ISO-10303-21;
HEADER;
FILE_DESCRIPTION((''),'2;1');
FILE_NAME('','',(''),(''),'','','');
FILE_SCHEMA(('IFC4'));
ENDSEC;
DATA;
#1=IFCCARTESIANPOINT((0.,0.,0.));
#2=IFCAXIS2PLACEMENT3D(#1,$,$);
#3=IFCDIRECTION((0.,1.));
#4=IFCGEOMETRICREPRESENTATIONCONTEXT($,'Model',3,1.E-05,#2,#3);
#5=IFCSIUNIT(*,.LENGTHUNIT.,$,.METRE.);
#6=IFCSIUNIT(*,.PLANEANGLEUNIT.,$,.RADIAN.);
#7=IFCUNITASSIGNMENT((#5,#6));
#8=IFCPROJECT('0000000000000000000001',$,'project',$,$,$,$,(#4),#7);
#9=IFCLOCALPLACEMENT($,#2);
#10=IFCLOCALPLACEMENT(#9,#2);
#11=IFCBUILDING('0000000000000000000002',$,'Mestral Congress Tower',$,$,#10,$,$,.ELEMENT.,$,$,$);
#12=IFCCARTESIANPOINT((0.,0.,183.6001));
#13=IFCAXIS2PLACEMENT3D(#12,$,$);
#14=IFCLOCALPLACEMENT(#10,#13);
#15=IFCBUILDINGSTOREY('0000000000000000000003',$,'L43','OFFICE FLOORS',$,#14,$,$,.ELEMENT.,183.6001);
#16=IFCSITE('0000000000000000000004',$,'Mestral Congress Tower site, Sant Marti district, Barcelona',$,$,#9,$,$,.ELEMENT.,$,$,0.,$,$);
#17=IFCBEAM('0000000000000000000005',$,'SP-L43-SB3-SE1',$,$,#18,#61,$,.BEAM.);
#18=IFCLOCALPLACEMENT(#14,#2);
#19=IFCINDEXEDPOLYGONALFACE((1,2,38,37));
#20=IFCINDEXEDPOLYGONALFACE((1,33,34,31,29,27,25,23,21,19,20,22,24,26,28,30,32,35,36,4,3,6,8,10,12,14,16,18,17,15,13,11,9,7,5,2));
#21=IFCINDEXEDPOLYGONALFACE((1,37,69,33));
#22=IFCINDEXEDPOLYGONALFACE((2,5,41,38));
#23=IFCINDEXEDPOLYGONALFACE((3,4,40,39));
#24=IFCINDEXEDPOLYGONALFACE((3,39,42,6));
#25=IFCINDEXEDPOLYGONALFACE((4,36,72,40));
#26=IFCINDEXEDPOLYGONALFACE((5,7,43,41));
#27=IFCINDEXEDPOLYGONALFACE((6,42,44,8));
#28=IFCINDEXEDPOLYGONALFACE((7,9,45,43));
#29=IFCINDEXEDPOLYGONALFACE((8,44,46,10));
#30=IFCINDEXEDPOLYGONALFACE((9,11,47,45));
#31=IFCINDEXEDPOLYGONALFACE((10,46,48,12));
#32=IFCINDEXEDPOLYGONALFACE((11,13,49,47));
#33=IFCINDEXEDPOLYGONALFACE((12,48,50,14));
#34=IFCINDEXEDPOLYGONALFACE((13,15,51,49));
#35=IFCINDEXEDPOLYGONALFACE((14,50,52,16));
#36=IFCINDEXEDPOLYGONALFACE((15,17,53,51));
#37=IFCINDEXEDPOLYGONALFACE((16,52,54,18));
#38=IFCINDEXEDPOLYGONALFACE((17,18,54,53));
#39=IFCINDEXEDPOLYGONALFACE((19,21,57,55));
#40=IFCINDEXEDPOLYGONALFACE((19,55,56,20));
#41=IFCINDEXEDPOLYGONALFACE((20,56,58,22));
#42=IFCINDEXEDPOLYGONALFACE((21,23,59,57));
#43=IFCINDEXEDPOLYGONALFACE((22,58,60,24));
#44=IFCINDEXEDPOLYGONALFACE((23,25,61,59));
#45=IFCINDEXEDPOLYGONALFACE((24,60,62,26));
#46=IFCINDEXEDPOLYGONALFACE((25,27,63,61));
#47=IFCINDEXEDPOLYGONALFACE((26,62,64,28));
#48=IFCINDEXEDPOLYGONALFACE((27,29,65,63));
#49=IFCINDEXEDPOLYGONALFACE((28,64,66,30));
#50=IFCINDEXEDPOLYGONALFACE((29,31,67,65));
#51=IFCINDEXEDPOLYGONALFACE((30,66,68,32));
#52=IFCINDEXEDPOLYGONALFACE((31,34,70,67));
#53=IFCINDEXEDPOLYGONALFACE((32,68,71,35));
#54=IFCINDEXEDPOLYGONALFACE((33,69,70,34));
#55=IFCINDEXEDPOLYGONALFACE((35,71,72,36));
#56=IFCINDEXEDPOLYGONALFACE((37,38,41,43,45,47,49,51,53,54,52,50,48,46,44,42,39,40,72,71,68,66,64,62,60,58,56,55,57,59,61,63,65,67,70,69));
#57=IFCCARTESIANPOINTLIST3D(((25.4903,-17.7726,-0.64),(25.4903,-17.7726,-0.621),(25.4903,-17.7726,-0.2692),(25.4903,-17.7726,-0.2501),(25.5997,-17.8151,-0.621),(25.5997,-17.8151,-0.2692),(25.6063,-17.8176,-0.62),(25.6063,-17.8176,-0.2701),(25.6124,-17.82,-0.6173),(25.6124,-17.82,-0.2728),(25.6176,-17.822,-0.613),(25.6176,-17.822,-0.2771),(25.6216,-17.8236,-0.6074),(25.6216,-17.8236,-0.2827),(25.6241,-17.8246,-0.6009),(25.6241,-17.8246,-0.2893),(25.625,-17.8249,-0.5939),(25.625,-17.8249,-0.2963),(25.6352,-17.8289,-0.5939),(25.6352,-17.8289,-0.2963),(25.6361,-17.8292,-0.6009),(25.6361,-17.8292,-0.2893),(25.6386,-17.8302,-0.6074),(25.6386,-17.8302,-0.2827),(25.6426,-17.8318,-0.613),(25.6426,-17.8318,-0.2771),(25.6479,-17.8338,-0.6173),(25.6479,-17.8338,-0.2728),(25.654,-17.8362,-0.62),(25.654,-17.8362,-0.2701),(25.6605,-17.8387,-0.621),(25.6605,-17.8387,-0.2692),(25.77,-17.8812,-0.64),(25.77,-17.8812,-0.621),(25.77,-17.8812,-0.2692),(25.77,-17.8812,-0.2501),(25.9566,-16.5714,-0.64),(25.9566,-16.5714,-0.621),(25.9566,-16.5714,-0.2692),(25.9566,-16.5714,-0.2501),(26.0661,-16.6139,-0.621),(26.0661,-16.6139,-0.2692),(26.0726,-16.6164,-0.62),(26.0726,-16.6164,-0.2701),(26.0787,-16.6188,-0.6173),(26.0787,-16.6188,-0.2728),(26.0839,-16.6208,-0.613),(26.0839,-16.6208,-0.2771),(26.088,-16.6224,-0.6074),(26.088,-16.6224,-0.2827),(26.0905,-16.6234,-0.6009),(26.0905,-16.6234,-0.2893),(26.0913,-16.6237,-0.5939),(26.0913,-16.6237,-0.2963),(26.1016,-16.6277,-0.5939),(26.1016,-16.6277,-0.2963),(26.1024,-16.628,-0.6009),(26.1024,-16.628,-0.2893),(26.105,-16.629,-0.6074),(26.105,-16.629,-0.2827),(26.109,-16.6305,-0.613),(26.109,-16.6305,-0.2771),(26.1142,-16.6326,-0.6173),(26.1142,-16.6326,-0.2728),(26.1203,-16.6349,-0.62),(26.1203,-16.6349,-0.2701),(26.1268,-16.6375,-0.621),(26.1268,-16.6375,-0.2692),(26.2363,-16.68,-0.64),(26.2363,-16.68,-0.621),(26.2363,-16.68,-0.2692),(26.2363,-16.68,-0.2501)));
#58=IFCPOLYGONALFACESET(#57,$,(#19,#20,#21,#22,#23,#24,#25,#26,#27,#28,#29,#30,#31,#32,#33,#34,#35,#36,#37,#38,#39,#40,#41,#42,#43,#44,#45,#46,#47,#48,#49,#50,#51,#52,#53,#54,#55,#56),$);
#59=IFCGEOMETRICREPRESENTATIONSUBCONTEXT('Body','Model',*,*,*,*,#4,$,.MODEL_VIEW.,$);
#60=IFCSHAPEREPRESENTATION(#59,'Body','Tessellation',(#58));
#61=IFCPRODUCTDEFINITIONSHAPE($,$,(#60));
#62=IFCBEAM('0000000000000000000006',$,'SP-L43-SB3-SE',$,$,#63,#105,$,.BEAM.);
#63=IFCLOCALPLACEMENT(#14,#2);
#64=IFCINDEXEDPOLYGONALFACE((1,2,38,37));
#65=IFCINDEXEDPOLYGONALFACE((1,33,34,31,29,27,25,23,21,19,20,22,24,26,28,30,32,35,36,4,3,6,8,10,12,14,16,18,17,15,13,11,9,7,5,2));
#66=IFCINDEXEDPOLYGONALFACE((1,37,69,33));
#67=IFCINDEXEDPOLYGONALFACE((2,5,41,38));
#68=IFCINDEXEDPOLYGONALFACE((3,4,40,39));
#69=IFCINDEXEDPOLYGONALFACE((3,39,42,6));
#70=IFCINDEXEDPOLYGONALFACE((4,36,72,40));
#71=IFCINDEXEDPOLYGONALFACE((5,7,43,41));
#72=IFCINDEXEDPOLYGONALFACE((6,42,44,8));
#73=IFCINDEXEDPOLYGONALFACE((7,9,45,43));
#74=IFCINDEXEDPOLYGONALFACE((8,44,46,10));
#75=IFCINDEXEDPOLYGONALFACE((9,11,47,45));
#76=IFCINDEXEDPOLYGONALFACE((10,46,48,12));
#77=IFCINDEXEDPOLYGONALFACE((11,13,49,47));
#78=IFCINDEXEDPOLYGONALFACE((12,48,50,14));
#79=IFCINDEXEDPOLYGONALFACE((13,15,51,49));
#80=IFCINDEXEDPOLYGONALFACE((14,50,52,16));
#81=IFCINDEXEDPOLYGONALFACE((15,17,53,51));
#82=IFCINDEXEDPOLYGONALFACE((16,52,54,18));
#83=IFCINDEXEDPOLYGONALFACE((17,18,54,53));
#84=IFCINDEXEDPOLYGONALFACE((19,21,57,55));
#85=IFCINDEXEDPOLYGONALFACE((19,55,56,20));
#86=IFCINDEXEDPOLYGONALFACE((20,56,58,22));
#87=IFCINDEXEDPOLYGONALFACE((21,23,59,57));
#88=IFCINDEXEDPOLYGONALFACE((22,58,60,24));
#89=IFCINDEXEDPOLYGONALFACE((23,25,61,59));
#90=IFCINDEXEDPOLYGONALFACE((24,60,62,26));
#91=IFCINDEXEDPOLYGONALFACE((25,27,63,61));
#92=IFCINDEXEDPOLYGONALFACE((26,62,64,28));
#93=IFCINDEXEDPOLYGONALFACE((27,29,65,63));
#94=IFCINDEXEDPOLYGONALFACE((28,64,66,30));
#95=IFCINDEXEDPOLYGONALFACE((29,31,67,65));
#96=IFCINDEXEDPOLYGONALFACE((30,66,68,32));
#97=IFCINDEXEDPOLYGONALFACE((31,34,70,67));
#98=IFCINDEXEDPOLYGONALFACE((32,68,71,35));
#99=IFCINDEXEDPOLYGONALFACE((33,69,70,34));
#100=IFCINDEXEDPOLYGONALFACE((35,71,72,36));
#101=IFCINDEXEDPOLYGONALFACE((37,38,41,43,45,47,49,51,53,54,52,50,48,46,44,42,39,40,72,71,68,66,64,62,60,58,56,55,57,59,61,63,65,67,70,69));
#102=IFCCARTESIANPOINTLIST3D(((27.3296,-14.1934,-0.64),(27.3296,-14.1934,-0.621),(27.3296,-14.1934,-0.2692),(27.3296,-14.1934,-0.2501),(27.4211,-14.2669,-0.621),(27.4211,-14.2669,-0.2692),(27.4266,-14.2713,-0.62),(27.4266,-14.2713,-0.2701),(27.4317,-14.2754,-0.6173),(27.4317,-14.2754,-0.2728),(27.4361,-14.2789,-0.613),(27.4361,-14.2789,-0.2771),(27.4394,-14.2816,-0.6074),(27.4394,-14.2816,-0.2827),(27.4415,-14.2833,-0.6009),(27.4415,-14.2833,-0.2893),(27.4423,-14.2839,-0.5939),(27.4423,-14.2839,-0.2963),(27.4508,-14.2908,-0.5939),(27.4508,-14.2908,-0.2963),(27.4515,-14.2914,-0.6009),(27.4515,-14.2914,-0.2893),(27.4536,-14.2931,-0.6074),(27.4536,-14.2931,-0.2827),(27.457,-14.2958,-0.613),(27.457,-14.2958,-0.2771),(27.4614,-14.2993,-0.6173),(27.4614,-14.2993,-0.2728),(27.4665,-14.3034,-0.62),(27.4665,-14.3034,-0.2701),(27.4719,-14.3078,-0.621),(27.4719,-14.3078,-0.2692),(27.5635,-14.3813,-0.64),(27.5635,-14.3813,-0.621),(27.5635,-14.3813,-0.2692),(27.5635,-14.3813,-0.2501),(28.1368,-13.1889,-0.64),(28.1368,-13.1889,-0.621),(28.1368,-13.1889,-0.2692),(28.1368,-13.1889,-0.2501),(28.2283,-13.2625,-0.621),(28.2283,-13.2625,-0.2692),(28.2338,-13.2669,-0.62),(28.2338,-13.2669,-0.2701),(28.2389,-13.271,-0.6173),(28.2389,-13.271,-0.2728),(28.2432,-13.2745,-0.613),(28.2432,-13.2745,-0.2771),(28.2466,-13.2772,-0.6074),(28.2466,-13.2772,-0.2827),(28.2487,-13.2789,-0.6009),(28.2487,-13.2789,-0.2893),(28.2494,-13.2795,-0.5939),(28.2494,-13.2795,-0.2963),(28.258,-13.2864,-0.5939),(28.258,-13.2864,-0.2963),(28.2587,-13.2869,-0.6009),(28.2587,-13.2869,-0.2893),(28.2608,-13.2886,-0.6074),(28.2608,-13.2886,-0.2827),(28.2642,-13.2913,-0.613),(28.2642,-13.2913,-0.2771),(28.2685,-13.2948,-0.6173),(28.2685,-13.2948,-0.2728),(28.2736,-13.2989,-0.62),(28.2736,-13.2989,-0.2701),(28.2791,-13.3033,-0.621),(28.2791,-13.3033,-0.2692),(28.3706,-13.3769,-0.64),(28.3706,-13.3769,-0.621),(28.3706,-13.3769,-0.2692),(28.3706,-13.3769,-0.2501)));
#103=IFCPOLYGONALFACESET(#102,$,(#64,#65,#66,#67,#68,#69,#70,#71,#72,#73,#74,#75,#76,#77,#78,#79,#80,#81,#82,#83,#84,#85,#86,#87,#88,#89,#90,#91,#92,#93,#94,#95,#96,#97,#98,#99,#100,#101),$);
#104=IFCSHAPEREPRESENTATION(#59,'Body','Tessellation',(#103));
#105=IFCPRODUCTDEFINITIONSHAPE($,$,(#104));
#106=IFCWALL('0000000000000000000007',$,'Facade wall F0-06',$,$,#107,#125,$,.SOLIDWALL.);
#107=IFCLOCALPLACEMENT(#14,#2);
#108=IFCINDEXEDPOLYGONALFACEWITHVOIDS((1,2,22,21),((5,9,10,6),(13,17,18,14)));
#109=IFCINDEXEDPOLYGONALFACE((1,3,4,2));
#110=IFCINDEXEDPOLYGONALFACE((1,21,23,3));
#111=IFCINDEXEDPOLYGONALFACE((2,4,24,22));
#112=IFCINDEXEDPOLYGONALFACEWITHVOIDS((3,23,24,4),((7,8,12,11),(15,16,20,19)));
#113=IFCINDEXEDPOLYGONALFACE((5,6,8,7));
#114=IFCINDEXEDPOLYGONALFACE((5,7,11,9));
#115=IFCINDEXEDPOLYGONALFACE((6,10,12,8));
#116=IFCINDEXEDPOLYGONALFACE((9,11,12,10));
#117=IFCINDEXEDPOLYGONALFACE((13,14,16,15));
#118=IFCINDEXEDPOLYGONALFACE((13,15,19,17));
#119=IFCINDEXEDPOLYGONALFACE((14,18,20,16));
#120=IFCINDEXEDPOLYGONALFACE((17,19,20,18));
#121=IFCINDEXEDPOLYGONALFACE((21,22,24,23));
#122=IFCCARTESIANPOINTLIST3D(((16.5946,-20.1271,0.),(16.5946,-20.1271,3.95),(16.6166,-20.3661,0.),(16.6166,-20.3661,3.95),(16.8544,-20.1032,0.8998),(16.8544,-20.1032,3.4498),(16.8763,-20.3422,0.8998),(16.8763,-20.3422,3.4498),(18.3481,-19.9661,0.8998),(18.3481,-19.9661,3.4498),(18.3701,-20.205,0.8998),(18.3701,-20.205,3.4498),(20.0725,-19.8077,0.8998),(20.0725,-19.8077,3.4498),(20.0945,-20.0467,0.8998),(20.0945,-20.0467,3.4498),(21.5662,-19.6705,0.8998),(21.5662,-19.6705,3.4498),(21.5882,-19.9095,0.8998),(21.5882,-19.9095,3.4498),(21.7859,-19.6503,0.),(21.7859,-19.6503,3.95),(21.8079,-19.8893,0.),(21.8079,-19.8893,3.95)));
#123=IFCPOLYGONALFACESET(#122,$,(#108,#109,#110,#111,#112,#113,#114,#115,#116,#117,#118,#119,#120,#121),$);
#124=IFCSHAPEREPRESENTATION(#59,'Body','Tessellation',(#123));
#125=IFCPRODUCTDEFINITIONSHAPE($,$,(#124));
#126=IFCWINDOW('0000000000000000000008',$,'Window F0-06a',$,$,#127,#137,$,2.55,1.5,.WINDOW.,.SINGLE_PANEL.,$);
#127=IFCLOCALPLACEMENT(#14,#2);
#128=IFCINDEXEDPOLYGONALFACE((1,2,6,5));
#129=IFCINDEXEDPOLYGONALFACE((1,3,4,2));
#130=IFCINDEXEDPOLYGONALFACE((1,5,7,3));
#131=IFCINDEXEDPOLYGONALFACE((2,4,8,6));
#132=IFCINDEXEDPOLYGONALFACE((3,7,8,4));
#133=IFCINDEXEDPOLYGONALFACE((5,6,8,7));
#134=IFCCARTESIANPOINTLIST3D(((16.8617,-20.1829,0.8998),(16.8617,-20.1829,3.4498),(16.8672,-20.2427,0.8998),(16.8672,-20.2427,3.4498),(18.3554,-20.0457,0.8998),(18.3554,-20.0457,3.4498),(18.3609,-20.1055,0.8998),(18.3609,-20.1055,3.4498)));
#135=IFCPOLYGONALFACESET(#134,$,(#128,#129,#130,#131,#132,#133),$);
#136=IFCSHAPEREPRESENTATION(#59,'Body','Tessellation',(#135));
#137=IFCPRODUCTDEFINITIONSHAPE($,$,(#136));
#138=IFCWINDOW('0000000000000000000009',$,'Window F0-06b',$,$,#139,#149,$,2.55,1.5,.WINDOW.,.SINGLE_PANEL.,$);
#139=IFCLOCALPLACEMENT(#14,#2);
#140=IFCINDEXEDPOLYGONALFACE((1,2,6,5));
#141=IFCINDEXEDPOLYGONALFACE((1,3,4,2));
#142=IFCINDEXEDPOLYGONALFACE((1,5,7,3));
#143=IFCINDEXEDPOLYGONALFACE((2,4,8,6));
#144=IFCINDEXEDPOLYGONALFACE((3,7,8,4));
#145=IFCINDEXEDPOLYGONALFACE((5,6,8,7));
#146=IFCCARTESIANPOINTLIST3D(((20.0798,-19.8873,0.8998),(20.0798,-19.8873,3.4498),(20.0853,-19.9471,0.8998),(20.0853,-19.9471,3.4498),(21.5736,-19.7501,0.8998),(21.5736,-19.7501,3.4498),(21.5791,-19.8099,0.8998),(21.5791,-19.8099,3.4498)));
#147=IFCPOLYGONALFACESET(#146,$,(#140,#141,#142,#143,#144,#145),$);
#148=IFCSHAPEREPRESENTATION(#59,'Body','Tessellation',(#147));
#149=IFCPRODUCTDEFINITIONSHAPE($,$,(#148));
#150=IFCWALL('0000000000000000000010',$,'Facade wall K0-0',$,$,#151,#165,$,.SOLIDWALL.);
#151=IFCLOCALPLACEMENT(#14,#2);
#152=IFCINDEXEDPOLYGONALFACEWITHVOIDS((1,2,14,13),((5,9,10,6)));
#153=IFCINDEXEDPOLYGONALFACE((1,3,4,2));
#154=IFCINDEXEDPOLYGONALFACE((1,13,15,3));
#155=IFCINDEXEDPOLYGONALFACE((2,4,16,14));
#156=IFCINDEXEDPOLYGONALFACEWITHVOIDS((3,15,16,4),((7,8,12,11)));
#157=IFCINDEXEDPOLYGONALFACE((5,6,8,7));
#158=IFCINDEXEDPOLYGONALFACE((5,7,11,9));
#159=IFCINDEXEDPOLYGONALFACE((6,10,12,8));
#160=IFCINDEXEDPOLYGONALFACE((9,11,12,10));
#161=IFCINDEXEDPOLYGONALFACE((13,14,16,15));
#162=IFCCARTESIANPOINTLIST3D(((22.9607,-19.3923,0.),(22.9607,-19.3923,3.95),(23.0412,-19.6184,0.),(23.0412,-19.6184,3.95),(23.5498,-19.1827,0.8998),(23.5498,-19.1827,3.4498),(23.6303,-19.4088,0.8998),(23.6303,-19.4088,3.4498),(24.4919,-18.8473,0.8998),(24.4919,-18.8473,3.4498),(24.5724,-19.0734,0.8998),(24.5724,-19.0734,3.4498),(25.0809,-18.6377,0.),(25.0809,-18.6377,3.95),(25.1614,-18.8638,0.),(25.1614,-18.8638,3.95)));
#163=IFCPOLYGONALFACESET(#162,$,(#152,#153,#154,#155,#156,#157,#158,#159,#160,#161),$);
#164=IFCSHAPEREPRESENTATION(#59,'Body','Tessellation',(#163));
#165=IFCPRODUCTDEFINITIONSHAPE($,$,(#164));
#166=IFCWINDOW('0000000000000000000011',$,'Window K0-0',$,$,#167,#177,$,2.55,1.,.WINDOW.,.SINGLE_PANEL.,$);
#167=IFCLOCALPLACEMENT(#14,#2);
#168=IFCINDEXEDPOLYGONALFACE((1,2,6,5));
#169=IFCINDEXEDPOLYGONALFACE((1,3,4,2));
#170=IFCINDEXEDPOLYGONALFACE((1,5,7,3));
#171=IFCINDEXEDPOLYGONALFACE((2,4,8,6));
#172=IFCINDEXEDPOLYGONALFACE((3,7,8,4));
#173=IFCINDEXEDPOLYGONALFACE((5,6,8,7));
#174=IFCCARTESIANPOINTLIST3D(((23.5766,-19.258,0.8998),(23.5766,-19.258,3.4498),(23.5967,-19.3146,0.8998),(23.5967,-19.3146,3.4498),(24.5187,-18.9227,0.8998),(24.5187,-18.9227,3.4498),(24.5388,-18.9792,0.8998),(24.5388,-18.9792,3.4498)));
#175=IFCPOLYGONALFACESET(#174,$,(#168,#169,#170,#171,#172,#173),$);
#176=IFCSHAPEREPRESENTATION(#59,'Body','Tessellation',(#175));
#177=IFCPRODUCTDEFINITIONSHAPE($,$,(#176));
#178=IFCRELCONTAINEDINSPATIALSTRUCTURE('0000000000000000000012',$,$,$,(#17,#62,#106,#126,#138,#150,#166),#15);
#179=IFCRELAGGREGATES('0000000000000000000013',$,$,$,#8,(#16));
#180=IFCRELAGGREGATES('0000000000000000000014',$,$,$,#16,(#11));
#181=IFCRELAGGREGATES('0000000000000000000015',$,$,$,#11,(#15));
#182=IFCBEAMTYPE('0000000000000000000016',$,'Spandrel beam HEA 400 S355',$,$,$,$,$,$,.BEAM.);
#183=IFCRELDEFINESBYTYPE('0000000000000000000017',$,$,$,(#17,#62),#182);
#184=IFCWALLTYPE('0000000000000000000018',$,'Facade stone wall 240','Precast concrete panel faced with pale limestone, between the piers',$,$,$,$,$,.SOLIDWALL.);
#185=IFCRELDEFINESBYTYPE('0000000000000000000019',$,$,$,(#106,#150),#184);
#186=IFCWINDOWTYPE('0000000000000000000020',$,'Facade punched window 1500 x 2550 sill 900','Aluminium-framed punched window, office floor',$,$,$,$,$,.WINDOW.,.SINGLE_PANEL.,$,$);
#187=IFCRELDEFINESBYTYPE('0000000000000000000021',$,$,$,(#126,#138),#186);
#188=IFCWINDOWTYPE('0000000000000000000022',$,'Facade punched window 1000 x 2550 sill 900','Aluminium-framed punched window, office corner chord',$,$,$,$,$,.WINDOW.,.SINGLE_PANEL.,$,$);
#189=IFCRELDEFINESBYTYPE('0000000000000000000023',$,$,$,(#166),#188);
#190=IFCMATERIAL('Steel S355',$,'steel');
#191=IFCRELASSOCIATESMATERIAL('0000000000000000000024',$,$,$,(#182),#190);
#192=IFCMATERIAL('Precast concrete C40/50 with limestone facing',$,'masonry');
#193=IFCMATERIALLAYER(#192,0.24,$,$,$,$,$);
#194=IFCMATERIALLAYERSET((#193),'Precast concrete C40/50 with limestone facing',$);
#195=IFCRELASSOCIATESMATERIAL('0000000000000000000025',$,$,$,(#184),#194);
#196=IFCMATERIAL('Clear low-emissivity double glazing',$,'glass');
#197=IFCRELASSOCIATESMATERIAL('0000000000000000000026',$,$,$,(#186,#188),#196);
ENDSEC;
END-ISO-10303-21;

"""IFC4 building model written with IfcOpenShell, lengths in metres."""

from ifc_helpers import new_model, si_unit, direction, frame, frame_2d, origin, origin_2d, place, context, subcontext, project, spatial, rectangle, i_section, extrude, material, layer, layer_set, material_profile, profile_set, type_object, element, fill, save


model = new_model("IFC4")

# Units and contexts
model_context = context("Model", 3, precision=1e-05, world=origin(), true_north=direction((0.0, 1.0)))
body_context = subcontext(model_context, "Body", "Model", "MODEL_VIEW")
ifc_project = project(units=[si_unit("LENGTHUNIT", "METRE"), si_unit("PLANEANGLEUNIT", "RADIAN")], contexts=[model_context])

# Site, building, storey
site_placement = place(None, origin())
site = spatial("IfcSite", under=ifc_project, at=site_placement, Name="Mestral Congress Tower site, Sant Marti district, Barcelona", CompositionType="ELEMENT", RefElevation=0.0)
building_placement = place(site_placement, origin())
building = spatial("IfcBuilding", under=site, at=building_placement, Name="Mestral Congress Tower", CompositionType="ELEMENT")
storey_placement = place(building_placement, frame((0.0, 0.0, 183.6001)))
storey = spatial("IfcBuildingStorey", under=building, at=storey_placement, Name="L43", Description="OFFICE FLOORS", CompositionType="ELEMENT", Elevation=183.6001)

# Beams
ifc_material_1 = material(Name="Steel S355", Category="steel")
ifc_material_profile_1 = material_profile(ifc_material_1, i_section(OverallWidth=0.3, OverallDepth=0.3899, WebThickness=0.011, FlangeThickness=0.019, FilletRadius=0.0271, at=origin_2d()), Name="HEA 400")
ifc_profile_set_1 = profile_set([ifc_material_profile_1], Name="Steel S355")
beam_type_1 = type_object("IfcBeamType", Name="Spandrel beam HEA 400 S355", PredefinedType="BEAM", material=ifc_profile_set_1)
for number, where, z_axis, x_axis, name in (
    (1, (25.6301, -17.8269, -0.4451), (0.361898, 0.932218, 0.0), (-0.932218, 0.361898, 0.0), "SP-L43-SB3-SE1"),
    (2, (27.4465, -14.2874, -0.4451), (0.626403, 0.779499, 0.0), (-0.779499, 0.626403, 0.0), "SP-L43-SB3-SE"),
):
    element("IfcBeam", number, at=place(storey_placement, frame(where, z_axis=z_axis, x_axis=x_axis)), inside=storey, type_object=beam_type_1, Name=name, PredefinedType="BEAM", context=body_context, shape_type="SweptSolid", body=[
        extrude(i_section(OverallWidth=0.3, OverallDepth=0.3899, WebThickness=0.011, FlangeThickness=0.019, FilletRadius=0.0271, at=origin_2d()), origin(), (0.0, 0.0, 1.0), 1.2886),
    ])

# Wall, openings, windows
ifc_material_2 = material(Name="Precast concrete C40/50 with limestone facing", Category="masonry")
ifc_layer = layer(ifc_material_2, 0.24)
ifc_layer_set = layer_set([ifc_layer], Name="Precast concrete C40/50 with limestone facing")
wall_type = type_object("IfcWallType", Name="Facade stone wall 240", Description="Precast concrete panel faced with pale limestone, between the piers", PredefinedType="SOLIDWALL", material=ifc_layer_set)
wall_1_placement = place(storey_placement, frame((16.6057, -20.2466, 0.0), z_axis=(0.0, 0.0, 1.0), x_axis=(0.995809, 0.09146, 0.0)))
wall_1 = element("IfcWall", 3, at=wall_1_placement, inside=storey, type_object=wall_type, Name="Facade wall F0-06", PredefinedType="SOLIDWALL", context=body_context, shape_type="SweptSolid", body=[
    extrude(rectangle(XDim=5.2131, YDim=0.24, at=frame_2d((2.6064, 0.0))), origin(), (0.0, 0.0, 1.0), 3.95),
])
opening_1_placement = place(wall_1_placement, frame((0.2607, 0.0, 0.8999)))
opening_1 = element("IfcOpeningElement", 4, at=opening_1_placement, cuts=wall_1, PredefinedType="OPENING", context=body_context, shape_type="SweptSolid", body=[
    extrude(rectangle(XDim=1.5, YDim=2.55, at=frame_2d((0.75, 1.2749))), frame((0.0, 0.1299, 0.0), z_axis=(0.0, -1.0, 0.0), x_axis=(1.0, 0.0, 0.0)), (0.0, 0.0, 1.0), 0.26),
])
opening_2_placement = place(wall_1_placement, frame((3.4924, 0.0, 0.8999)))
opening_2 = element("IfcOpeningElement", 5, at=opening_2_placement, cuts=wall_1, PredefinedType="OPENING", context=body_context, shape_type="SweptSolid", body=[
    extrude(rectangle(XDim=1.5, YDim=2.55, at=frame_2d((0.75, 1.2749))), frame((0.0, 0.1299, 0.0), z_axis=(0.0, -1.0, 0.0), x_axis=(1.0, 0.0, 0.0)), (0.0, 0.0, 1.0), 0.26),
])
ifc_material_3 = material(Name="Clear low-emissivity double glazing", Category="glass")
window_type_1 = type_object("IfcWindowType", Name="Facade punched window 1500 x 2550 sill 900", Description="Aluminium-framed punched window, office floor", PartitioningType="SINGLE_PANEL", PredefinedType="WINDOW", material=ifc_material_3)
window_1_placement = place(opening_1_placement, origin())
window_1 = element("IfcWindow", 6, at=window_1_placement, inside=storey, type_object=window_type_1, Name="Window F0-06a", OverallHeight=2.55, OverallWidth=1.5, PartitioningType="SINGLE_PANEL", PredefinedType="WINDOW", context=body_context, shape_type="SweptSolid", body=[
    extrude(rectangle(XDim=1.5, YDim=2.55, at=frame_2d((0.75, 1.2749))), frame((0.0, 0.04, 0.0), z_axis=(0.0, -1.0, 0.0), x_axis=(1.0, 0.0, 0.0)), (0.0, 0.0, 1.0), 0.0601),
])
fill(opening_1, window_1)
window_2_placement = place(opening_2_placement, origin())
window_2 = element("IfcWindow", 7, at=window_2_placement, inside=storey, type_object=window_type_1, Name="Window F0-06b", OverallHeight=2.55, OverallWidth=1.5, PartitioningType="SINGLE_PANEL", PredefinedType="WINDOW", context=body_context, shape_type="SweptSolid", body=[
    extrude(rectangle(XDim=1.5, YDim=2.55, at=frame_2d((0.75, 1.2749))), frame((0.0, 0.04, 0.0), z_axis=(0.0, -1.0, 0.0), x_axis=(1.0, 0.0, 0.0)), (0.0, 0.0, 1.0), 0.0601),
])
fill(opening_2, window_2)

# Wall, opening, window
wall_2_placement = place(storey_placement, frame((23.001, -19.5054, 0.0), z_axis=(0.0, 0.0, 1.0), x_axis=(0.9421, 0.335333, 0.0)))
wall_2 = element("IfcWall", 8, at=wall_2_placement, inside=storey, type_object=wall_type, Name="Facade wall K0-0", PredefinedType="SOLIDWALL", context=body_context, shape_type="SweptSolid", body=[
    extrude(rectangle(XDim=2.2505, YDim=0.24, at=frame_2d((1.1252, 0.0))), origin(), (0.0, 0.0, 1.0), 3.95),
])
opening_3_placement = place(wall_2_placement, frame((0.6252, 0.0, 0.8999)))
opening_3 = element("IfcOpeningElement", 9, at=opening_3_placement, cuts=wall_2, PredefinedType="OPENING", context=body_context, shape_type="SweptSolid", body=[
    extrude(rectangle(XDim=1.0, YDim=2.55, at=frame_2d((0.5, 1.2749))), frame((0.0, 0.1299, 0.0), z_axis=(0.0, -1.0, 0.0), x_axis=(1.0, 0.0, 0.0)), (0.0, 0.0, 1.0), 0.26),
])
window_type_2 = type_object("IfcWindowType", Name="Facade punched window 1000 x 2550 sill 900", Description="Aluminium-framed punched window, office corner chord", PartitioningType="SINGLE_PANEL", PredefinedType="WINDOW", material=ifc_material_3)
window_3_placement = place(opening_3_placement, origin())
window_3 = element("IfcWindow", 10, at=window_3_placement, inside=storey, type_object=window_type_2, Name="Window K0-0", OverallHeight=2.55, OverallWidth=1.0, PartitioningType="SINGLE_PANEL", PredefinedType="WINDOW", context=body_context, shape_type="SweptSolid", body=[
    extrude(rectangle(XDim=1.0, YDim=2.55, at=frame_2d((0.5, 1.2749))), frame((0.0, 0.04, 0.0), z_axis=(0.0, -1.0, 0.0), x_axis=(1.0, 0.0, 0.0)), (0.0, 0.0, 1.0), 0.0601),
])
fill(opening_3, window_3)

save(model, "model.ifc")
